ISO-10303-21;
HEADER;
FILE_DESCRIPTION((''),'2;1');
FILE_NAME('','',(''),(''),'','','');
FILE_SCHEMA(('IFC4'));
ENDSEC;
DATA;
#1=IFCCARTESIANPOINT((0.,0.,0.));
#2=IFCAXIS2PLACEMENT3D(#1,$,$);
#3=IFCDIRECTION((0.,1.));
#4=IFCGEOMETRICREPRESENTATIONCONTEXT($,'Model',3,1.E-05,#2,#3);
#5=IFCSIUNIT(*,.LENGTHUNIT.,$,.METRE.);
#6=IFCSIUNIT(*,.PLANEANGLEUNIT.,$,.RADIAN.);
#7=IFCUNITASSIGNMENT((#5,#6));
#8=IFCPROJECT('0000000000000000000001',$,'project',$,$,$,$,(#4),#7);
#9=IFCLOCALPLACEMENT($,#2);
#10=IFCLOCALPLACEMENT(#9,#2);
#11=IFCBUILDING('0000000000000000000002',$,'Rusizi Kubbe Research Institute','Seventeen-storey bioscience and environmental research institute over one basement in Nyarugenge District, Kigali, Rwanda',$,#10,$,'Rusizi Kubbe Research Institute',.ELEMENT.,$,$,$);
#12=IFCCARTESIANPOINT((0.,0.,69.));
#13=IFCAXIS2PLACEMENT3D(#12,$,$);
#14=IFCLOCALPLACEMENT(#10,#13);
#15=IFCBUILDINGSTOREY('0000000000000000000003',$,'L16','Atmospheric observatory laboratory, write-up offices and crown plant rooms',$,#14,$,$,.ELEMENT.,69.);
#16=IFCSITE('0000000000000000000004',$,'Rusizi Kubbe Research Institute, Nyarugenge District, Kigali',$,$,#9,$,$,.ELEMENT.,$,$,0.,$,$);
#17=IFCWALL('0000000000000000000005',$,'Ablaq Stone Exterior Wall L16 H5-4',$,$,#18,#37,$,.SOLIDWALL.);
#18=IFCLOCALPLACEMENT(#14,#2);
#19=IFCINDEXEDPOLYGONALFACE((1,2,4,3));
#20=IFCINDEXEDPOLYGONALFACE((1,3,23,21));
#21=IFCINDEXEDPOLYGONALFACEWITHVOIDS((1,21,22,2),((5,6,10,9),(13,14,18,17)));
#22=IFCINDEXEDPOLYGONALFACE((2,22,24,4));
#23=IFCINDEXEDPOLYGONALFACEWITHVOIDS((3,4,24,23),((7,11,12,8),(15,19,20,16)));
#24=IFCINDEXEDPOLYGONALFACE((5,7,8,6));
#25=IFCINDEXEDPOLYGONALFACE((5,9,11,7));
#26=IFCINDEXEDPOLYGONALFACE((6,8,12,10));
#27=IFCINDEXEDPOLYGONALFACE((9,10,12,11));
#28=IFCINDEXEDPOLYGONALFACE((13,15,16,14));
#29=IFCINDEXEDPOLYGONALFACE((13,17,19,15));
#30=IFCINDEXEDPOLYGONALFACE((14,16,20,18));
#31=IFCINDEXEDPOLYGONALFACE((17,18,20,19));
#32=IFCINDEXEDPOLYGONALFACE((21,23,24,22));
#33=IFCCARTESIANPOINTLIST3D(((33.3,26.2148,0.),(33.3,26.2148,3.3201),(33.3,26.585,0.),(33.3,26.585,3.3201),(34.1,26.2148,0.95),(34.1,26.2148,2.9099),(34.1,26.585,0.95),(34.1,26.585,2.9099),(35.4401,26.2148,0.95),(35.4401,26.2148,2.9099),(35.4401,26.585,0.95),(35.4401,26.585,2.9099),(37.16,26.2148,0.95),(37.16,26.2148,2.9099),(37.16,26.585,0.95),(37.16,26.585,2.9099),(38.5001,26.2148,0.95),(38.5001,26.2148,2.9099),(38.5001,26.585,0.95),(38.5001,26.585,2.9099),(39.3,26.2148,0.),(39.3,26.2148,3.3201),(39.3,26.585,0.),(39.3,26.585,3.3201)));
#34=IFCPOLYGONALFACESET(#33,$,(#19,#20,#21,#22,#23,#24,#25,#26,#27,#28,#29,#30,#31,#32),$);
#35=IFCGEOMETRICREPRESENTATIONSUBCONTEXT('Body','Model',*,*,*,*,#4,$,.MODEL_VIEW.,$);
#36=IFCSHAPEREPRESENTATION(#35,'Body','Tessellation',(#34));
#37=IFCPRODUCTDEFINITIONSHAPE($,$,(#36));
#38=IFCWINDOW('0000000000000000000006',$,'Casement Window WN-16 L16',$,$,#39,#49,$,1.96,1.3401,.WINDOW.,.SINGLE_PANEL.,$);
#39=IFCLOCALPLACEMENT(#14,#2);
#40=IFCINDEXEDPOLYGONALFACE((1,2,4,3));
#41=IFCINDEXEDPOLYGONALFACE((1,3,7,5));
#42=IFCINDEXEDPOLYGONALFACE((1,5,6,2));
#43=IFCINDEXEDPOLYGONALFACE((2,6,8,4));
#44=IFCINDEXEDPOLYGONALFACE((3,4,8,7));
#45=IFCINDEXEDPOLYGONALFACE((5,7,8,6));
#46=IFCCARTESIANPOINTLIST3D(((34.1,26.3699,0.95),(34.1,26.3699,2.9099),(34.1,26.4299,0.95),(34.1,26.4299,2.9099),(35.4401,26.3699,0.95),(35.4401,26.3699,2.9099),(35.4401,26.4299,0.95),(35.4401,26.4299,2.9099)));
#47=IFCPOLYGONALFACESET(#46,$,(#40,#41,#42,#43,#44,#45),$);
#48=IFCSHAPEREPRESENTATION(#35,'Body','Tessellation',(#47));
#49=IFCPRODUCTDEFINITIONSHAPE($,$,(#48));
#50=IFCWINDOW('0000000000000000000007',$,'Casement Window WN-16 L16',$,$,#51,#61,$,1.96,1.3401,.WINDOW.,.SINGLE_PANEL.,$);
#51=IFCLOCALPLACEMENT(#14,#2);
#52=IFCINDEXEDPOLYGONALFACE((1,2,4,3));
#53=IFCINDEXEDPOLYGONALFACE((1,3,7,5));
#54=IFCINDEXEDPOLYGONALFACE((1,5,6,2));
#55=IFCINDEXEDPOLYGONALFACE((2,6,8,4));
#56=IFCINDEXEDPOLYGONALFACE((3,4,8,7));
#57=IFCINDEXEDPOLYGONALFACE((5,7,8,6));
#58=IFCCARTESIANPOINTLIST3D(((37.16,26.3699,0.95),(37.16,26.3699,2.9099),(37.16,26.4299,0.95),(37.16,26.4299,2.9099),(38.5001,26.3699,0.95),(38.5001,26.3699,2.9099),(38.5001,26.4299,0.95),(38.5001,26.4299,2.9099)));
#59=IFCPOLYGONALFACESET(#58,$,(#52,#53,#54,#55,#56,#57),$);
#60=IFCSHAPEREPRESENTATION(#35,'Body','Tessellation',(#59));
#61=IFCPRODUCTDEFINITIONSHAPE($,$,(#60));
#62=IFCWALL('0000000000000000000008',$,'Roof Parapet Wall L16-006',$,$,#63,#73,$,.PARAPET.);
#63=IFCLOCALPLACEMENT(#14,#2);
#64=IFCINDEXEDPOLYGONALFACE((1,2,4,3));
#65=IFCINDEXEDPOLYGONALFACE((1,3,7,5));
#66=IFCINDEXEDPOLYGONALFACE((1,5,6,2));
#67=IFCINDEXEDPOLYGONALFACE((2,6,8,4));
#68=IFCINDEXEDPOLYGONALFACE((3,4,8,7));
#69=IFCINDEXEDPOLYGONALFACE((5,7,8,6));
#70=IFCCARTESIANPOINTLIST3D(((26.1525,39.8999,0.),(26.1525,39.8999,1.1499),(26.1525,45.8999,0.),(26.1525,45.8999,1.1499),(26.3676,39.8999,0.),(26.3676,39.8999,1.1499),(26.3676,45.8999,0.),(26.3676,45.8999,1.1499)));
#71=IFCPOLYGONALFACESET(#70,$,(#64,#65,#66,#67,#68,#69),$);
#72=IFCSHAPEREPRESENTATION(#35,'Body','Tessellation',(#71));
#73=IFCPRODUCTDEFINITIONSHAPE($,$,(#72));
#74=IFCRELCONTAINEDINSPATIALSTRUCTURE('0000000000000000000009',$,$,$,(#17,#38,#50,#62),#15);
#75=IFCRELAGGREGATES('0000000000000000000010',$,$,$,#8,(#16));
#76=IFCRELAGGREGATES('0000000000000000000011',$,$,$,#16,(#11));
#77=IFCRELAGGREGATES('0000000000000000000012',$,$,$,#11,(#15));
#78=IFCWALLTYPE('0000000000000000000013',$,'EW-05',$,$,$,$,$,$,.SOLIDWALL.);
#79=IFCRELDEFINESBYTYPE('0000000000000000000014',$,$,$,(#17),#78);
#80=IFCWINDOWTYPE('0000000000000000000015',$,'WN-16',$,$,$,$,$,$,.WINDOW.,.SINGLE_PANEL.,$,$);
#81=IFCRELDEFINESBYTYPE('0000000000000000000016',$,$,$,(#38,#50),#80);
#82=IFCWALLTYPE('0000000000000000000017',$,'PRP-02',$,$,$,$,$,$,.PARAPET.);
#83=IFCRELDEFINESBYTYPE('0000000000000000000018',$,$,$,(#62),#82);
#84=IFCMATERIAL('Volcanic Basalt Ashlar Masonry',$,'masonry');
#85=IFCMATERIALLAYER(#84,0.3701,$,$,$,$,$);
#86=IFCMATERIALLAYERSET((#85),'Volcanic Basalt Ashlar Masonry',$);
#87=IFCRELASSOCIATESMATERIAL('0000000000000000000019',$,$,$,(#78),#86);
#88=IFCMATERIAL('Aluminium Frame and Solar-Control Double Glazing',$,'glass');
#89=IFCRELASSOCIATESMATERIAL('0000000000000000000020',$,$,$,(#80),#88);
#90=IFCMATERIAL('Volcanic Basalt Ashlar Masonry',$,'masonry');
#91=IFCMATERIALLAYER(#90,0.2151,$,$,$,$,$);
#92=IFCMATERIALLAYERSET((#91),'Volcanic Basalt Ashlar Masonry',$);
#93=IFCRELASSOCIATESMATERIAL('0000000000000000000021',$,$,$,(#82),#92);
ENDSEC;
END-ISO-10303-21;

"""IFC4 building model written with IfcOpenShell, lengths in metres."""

from ifc_helpers import new_model, si_unit, direction, frame, frame_2d, origin, place, context, subcontext, project, spatial, rectangle, extrude, material, layer, layer_set, type_object, element, fill, save


model = new_model("IFC4")

# Units and contexts
model_context = context("Model", 3, precision=1e-05, world=origin(), true_north=direction((0.0, 1.0)))
body_context = subcontext(model_context, "Body", "Model", "MODEL_VIEW")
ifc_project = project(units=[si_unit("LENGTHUNIT", "METRE"), si_unit("PLANEANGLEUNIT", "RADIAN")], contexts=[model_context])

# Site, building, storey
site_placement = place(None, origin())
site = spatial("IfcSite", under=ifc_project, at=site_placement, Name="Rusizi Kubbe Research Institute, Nyarugenge District, Kigali", CompositionType="ELEMENT", RefElevation=0.0)
building_placement = place(site_placement, origin())
building = spatial("IfcBuilding", under=site, at=building_placement, Name="Rusizi Kubbe Research Institute", Description="Seventeen-storey bioscience and environmental research institute over one basement in Nyarugenge District, Kigali, Rwanda", LongName="Rusizi Kubbe Research Institute", CompositionType="ELEMENT")
storey_placement = place(building_placement, frame((0.0, 0.0, 69.0)))
storey = spatial("IfcBuildingStorey", under=building, at=storey_placement, Name="L16", Description="Atmospheric observatory laboratory, write-up offices and crown plant rooms", CompositionType="ELEMENT", Elevation=69.0)

# Wall, openings, windows
ifc_material_1 = material(Name="Volcanic Basalt Ashlar Masonry", Category="masonry")
ifc_layer_1 = layer(ifc_material_1, 0.3701)
ifc_layer_set_1 = layer_set([ifc_layer_1], Name="Volcanic Basalt Ashlar Masonry")
wall_type_1 = type_object("IfcWallType", Name="EW-05", PredefinedType="SOLIDWALL", material=ifc_layer_set_1)
wall_1_placement = place(storey_placement, frame((33.3, 26.3999, 0.0), z_axis=(0.0, 0.0, 1.0), x_axis=(1.0, 0.0, 0.0)))
wall_1 = element("IfcWall", 1, at=wall_1_placement, inside=storey, type_object=wall_type_1, Name="Ablaq Stone Exterior Wall L16 H5-4", PredefinedType="SOLIDWALL", context=body_context, shape_type="SweptSolid", body=[
    extrude(rectangle(XDim=6.0, YDim=0.3701, at=frame_2d((3.0, 0.0))), origin(), (0.0, 0.0, 1.0), 3.3201),
])
opening_1_placement = place(wall_1_placement, frame((0.8, 0.0, 0.95)))
opening_1 = element("IfcOpeningElement", 2, at=opening_1_placement, cuts=wall_1, PredefinedType="OPENING", context=body_context, shape_type="SweptSolid", body=[
    extrude(rectangle(XDim=1.3401, YDim=1.96, at=frame_2d((0.6699, 0.98))), frame((0.0, 0.1951, 0.0), z_axis=(0.0, -1.0, 0.0), x_axis=(1.0, 0.0, 0.0)), (0.0, 0.0, 1.0), 0.3901),
])
opening_2_placement = place(wall_1_placement, frame((3.8601, 0.0, 0.95)))
opening_2 = element("IfcOpeningElement", 3, at=opening_2_placement, cuts=wall_1, PredefinedType="OPENING", context=body_context, shape_type="SweptSolid", body=[
    extrude(rectangle(XDim=1.3401, YDim=1.96, at=frame_2d((0.6699, 0.98))), frame((0.0, 0.1951, 0.0), z_axis=(0.0, -1.0, 0.0), x_axis=(1.0, 0.0, 0.0)), (0.0, 0.0, 1.0), 0.3901),
])
ifc_material_2 = material(Name="Aluminium Frame and Solar-Control Double Glazing", Category="glass")
window_type_1 = type_object("IfcWindowType", Name="WN-16", PartitioningType="SINGLE_PANEL", PredefinedType="WINDOW", material=ifc_material_2)
window_1_placement = place(opening_1_placement, origin())
window_1 = element("IfcWindow", 4, at=window_1_placement, inside=storey, type_object=window_type_1, Name="Casement Window WN-16 L16", OverallHeight=1.96, OverallWidth=1.3401, PartitioningType="SINGLE_PANEL", PredefinedType="WINDOW", context=body_context, shape_type="SweptSolid", body=[
    extrude(rectangle(XDim=1.3401, YDim=1.96, at=frame_2d((0.6699, 0.98))), frame((0.0, 0.03, 0.0), z_axis=(0.0, -1.0, 0.0), x_axis=(1.0, 0.0, 0.0)), (0.0, 0.0, 1.0), 0.0601),
])
fill(opening_1, window_1)
window_2_placement = place(opening_2_placement, origin())
window_2 = element("IfcWindow", 5, at=window_2_placement, inside=storey, type_object=window_type_1, Name="Casement Window WN-16 L16", OverallHeight=1.96, OverallWidth=1.3401, PartitioningType="SINGLE_PANEL", PredefinedType="WINDOW", context=body_context, shape_type="SweptSolid", body=[
    extrude(rectangle(XDim=1.3401, YDim=1.96, at=frame_2d((0.6699, 0.98))), frame((0.0, 0.03, 0.0), z_axis=(0.0, -1.0, 0.0), x_axis=(1.0, 0.0, 0.0)), (0.0, 0.0, 1.0), 0.0601),
])
fill(opening_2, window_2)

# Wall
ifc_material_3 = material(Name="Volcanic Basalt Ashlar Masonry", Category="masonry")
ifc_layer_2 = layer(ifc_material_3, 0.2151)
ifc_layer_set_2 = layer_set([ifc_layer_2], Name="Volcanic Basalt Ashlar Masonry")
wall_type_2 = type_object("IfcWallType", Name="PRP-02", PredefinedType="PARAPET", material=ifc_layer_set_2)
wall_2_placement = place(storey_placement, frame((26.26, 39.8999, 0.0), z_axis=(0.0, 0.0, 1.0), x_axis=(0.0, 1.0, 0.0)))
element("IfcWall", 6, at=wall_2_placement, inside=storey, type_object=wall_type_2, Name="Roof Parapet Wall L16-006", PredefinedType="PARAPET", context=body_context, shape_type="SweptSolid", body=[
    extrude(rectangle(XDim=6.0, YDim=0.2151, at=frame_2d((3.0, 0.0))), origin(), (0.0, 0.0, 1.0), 1.1499),
])

save(model, "model.ifc")
